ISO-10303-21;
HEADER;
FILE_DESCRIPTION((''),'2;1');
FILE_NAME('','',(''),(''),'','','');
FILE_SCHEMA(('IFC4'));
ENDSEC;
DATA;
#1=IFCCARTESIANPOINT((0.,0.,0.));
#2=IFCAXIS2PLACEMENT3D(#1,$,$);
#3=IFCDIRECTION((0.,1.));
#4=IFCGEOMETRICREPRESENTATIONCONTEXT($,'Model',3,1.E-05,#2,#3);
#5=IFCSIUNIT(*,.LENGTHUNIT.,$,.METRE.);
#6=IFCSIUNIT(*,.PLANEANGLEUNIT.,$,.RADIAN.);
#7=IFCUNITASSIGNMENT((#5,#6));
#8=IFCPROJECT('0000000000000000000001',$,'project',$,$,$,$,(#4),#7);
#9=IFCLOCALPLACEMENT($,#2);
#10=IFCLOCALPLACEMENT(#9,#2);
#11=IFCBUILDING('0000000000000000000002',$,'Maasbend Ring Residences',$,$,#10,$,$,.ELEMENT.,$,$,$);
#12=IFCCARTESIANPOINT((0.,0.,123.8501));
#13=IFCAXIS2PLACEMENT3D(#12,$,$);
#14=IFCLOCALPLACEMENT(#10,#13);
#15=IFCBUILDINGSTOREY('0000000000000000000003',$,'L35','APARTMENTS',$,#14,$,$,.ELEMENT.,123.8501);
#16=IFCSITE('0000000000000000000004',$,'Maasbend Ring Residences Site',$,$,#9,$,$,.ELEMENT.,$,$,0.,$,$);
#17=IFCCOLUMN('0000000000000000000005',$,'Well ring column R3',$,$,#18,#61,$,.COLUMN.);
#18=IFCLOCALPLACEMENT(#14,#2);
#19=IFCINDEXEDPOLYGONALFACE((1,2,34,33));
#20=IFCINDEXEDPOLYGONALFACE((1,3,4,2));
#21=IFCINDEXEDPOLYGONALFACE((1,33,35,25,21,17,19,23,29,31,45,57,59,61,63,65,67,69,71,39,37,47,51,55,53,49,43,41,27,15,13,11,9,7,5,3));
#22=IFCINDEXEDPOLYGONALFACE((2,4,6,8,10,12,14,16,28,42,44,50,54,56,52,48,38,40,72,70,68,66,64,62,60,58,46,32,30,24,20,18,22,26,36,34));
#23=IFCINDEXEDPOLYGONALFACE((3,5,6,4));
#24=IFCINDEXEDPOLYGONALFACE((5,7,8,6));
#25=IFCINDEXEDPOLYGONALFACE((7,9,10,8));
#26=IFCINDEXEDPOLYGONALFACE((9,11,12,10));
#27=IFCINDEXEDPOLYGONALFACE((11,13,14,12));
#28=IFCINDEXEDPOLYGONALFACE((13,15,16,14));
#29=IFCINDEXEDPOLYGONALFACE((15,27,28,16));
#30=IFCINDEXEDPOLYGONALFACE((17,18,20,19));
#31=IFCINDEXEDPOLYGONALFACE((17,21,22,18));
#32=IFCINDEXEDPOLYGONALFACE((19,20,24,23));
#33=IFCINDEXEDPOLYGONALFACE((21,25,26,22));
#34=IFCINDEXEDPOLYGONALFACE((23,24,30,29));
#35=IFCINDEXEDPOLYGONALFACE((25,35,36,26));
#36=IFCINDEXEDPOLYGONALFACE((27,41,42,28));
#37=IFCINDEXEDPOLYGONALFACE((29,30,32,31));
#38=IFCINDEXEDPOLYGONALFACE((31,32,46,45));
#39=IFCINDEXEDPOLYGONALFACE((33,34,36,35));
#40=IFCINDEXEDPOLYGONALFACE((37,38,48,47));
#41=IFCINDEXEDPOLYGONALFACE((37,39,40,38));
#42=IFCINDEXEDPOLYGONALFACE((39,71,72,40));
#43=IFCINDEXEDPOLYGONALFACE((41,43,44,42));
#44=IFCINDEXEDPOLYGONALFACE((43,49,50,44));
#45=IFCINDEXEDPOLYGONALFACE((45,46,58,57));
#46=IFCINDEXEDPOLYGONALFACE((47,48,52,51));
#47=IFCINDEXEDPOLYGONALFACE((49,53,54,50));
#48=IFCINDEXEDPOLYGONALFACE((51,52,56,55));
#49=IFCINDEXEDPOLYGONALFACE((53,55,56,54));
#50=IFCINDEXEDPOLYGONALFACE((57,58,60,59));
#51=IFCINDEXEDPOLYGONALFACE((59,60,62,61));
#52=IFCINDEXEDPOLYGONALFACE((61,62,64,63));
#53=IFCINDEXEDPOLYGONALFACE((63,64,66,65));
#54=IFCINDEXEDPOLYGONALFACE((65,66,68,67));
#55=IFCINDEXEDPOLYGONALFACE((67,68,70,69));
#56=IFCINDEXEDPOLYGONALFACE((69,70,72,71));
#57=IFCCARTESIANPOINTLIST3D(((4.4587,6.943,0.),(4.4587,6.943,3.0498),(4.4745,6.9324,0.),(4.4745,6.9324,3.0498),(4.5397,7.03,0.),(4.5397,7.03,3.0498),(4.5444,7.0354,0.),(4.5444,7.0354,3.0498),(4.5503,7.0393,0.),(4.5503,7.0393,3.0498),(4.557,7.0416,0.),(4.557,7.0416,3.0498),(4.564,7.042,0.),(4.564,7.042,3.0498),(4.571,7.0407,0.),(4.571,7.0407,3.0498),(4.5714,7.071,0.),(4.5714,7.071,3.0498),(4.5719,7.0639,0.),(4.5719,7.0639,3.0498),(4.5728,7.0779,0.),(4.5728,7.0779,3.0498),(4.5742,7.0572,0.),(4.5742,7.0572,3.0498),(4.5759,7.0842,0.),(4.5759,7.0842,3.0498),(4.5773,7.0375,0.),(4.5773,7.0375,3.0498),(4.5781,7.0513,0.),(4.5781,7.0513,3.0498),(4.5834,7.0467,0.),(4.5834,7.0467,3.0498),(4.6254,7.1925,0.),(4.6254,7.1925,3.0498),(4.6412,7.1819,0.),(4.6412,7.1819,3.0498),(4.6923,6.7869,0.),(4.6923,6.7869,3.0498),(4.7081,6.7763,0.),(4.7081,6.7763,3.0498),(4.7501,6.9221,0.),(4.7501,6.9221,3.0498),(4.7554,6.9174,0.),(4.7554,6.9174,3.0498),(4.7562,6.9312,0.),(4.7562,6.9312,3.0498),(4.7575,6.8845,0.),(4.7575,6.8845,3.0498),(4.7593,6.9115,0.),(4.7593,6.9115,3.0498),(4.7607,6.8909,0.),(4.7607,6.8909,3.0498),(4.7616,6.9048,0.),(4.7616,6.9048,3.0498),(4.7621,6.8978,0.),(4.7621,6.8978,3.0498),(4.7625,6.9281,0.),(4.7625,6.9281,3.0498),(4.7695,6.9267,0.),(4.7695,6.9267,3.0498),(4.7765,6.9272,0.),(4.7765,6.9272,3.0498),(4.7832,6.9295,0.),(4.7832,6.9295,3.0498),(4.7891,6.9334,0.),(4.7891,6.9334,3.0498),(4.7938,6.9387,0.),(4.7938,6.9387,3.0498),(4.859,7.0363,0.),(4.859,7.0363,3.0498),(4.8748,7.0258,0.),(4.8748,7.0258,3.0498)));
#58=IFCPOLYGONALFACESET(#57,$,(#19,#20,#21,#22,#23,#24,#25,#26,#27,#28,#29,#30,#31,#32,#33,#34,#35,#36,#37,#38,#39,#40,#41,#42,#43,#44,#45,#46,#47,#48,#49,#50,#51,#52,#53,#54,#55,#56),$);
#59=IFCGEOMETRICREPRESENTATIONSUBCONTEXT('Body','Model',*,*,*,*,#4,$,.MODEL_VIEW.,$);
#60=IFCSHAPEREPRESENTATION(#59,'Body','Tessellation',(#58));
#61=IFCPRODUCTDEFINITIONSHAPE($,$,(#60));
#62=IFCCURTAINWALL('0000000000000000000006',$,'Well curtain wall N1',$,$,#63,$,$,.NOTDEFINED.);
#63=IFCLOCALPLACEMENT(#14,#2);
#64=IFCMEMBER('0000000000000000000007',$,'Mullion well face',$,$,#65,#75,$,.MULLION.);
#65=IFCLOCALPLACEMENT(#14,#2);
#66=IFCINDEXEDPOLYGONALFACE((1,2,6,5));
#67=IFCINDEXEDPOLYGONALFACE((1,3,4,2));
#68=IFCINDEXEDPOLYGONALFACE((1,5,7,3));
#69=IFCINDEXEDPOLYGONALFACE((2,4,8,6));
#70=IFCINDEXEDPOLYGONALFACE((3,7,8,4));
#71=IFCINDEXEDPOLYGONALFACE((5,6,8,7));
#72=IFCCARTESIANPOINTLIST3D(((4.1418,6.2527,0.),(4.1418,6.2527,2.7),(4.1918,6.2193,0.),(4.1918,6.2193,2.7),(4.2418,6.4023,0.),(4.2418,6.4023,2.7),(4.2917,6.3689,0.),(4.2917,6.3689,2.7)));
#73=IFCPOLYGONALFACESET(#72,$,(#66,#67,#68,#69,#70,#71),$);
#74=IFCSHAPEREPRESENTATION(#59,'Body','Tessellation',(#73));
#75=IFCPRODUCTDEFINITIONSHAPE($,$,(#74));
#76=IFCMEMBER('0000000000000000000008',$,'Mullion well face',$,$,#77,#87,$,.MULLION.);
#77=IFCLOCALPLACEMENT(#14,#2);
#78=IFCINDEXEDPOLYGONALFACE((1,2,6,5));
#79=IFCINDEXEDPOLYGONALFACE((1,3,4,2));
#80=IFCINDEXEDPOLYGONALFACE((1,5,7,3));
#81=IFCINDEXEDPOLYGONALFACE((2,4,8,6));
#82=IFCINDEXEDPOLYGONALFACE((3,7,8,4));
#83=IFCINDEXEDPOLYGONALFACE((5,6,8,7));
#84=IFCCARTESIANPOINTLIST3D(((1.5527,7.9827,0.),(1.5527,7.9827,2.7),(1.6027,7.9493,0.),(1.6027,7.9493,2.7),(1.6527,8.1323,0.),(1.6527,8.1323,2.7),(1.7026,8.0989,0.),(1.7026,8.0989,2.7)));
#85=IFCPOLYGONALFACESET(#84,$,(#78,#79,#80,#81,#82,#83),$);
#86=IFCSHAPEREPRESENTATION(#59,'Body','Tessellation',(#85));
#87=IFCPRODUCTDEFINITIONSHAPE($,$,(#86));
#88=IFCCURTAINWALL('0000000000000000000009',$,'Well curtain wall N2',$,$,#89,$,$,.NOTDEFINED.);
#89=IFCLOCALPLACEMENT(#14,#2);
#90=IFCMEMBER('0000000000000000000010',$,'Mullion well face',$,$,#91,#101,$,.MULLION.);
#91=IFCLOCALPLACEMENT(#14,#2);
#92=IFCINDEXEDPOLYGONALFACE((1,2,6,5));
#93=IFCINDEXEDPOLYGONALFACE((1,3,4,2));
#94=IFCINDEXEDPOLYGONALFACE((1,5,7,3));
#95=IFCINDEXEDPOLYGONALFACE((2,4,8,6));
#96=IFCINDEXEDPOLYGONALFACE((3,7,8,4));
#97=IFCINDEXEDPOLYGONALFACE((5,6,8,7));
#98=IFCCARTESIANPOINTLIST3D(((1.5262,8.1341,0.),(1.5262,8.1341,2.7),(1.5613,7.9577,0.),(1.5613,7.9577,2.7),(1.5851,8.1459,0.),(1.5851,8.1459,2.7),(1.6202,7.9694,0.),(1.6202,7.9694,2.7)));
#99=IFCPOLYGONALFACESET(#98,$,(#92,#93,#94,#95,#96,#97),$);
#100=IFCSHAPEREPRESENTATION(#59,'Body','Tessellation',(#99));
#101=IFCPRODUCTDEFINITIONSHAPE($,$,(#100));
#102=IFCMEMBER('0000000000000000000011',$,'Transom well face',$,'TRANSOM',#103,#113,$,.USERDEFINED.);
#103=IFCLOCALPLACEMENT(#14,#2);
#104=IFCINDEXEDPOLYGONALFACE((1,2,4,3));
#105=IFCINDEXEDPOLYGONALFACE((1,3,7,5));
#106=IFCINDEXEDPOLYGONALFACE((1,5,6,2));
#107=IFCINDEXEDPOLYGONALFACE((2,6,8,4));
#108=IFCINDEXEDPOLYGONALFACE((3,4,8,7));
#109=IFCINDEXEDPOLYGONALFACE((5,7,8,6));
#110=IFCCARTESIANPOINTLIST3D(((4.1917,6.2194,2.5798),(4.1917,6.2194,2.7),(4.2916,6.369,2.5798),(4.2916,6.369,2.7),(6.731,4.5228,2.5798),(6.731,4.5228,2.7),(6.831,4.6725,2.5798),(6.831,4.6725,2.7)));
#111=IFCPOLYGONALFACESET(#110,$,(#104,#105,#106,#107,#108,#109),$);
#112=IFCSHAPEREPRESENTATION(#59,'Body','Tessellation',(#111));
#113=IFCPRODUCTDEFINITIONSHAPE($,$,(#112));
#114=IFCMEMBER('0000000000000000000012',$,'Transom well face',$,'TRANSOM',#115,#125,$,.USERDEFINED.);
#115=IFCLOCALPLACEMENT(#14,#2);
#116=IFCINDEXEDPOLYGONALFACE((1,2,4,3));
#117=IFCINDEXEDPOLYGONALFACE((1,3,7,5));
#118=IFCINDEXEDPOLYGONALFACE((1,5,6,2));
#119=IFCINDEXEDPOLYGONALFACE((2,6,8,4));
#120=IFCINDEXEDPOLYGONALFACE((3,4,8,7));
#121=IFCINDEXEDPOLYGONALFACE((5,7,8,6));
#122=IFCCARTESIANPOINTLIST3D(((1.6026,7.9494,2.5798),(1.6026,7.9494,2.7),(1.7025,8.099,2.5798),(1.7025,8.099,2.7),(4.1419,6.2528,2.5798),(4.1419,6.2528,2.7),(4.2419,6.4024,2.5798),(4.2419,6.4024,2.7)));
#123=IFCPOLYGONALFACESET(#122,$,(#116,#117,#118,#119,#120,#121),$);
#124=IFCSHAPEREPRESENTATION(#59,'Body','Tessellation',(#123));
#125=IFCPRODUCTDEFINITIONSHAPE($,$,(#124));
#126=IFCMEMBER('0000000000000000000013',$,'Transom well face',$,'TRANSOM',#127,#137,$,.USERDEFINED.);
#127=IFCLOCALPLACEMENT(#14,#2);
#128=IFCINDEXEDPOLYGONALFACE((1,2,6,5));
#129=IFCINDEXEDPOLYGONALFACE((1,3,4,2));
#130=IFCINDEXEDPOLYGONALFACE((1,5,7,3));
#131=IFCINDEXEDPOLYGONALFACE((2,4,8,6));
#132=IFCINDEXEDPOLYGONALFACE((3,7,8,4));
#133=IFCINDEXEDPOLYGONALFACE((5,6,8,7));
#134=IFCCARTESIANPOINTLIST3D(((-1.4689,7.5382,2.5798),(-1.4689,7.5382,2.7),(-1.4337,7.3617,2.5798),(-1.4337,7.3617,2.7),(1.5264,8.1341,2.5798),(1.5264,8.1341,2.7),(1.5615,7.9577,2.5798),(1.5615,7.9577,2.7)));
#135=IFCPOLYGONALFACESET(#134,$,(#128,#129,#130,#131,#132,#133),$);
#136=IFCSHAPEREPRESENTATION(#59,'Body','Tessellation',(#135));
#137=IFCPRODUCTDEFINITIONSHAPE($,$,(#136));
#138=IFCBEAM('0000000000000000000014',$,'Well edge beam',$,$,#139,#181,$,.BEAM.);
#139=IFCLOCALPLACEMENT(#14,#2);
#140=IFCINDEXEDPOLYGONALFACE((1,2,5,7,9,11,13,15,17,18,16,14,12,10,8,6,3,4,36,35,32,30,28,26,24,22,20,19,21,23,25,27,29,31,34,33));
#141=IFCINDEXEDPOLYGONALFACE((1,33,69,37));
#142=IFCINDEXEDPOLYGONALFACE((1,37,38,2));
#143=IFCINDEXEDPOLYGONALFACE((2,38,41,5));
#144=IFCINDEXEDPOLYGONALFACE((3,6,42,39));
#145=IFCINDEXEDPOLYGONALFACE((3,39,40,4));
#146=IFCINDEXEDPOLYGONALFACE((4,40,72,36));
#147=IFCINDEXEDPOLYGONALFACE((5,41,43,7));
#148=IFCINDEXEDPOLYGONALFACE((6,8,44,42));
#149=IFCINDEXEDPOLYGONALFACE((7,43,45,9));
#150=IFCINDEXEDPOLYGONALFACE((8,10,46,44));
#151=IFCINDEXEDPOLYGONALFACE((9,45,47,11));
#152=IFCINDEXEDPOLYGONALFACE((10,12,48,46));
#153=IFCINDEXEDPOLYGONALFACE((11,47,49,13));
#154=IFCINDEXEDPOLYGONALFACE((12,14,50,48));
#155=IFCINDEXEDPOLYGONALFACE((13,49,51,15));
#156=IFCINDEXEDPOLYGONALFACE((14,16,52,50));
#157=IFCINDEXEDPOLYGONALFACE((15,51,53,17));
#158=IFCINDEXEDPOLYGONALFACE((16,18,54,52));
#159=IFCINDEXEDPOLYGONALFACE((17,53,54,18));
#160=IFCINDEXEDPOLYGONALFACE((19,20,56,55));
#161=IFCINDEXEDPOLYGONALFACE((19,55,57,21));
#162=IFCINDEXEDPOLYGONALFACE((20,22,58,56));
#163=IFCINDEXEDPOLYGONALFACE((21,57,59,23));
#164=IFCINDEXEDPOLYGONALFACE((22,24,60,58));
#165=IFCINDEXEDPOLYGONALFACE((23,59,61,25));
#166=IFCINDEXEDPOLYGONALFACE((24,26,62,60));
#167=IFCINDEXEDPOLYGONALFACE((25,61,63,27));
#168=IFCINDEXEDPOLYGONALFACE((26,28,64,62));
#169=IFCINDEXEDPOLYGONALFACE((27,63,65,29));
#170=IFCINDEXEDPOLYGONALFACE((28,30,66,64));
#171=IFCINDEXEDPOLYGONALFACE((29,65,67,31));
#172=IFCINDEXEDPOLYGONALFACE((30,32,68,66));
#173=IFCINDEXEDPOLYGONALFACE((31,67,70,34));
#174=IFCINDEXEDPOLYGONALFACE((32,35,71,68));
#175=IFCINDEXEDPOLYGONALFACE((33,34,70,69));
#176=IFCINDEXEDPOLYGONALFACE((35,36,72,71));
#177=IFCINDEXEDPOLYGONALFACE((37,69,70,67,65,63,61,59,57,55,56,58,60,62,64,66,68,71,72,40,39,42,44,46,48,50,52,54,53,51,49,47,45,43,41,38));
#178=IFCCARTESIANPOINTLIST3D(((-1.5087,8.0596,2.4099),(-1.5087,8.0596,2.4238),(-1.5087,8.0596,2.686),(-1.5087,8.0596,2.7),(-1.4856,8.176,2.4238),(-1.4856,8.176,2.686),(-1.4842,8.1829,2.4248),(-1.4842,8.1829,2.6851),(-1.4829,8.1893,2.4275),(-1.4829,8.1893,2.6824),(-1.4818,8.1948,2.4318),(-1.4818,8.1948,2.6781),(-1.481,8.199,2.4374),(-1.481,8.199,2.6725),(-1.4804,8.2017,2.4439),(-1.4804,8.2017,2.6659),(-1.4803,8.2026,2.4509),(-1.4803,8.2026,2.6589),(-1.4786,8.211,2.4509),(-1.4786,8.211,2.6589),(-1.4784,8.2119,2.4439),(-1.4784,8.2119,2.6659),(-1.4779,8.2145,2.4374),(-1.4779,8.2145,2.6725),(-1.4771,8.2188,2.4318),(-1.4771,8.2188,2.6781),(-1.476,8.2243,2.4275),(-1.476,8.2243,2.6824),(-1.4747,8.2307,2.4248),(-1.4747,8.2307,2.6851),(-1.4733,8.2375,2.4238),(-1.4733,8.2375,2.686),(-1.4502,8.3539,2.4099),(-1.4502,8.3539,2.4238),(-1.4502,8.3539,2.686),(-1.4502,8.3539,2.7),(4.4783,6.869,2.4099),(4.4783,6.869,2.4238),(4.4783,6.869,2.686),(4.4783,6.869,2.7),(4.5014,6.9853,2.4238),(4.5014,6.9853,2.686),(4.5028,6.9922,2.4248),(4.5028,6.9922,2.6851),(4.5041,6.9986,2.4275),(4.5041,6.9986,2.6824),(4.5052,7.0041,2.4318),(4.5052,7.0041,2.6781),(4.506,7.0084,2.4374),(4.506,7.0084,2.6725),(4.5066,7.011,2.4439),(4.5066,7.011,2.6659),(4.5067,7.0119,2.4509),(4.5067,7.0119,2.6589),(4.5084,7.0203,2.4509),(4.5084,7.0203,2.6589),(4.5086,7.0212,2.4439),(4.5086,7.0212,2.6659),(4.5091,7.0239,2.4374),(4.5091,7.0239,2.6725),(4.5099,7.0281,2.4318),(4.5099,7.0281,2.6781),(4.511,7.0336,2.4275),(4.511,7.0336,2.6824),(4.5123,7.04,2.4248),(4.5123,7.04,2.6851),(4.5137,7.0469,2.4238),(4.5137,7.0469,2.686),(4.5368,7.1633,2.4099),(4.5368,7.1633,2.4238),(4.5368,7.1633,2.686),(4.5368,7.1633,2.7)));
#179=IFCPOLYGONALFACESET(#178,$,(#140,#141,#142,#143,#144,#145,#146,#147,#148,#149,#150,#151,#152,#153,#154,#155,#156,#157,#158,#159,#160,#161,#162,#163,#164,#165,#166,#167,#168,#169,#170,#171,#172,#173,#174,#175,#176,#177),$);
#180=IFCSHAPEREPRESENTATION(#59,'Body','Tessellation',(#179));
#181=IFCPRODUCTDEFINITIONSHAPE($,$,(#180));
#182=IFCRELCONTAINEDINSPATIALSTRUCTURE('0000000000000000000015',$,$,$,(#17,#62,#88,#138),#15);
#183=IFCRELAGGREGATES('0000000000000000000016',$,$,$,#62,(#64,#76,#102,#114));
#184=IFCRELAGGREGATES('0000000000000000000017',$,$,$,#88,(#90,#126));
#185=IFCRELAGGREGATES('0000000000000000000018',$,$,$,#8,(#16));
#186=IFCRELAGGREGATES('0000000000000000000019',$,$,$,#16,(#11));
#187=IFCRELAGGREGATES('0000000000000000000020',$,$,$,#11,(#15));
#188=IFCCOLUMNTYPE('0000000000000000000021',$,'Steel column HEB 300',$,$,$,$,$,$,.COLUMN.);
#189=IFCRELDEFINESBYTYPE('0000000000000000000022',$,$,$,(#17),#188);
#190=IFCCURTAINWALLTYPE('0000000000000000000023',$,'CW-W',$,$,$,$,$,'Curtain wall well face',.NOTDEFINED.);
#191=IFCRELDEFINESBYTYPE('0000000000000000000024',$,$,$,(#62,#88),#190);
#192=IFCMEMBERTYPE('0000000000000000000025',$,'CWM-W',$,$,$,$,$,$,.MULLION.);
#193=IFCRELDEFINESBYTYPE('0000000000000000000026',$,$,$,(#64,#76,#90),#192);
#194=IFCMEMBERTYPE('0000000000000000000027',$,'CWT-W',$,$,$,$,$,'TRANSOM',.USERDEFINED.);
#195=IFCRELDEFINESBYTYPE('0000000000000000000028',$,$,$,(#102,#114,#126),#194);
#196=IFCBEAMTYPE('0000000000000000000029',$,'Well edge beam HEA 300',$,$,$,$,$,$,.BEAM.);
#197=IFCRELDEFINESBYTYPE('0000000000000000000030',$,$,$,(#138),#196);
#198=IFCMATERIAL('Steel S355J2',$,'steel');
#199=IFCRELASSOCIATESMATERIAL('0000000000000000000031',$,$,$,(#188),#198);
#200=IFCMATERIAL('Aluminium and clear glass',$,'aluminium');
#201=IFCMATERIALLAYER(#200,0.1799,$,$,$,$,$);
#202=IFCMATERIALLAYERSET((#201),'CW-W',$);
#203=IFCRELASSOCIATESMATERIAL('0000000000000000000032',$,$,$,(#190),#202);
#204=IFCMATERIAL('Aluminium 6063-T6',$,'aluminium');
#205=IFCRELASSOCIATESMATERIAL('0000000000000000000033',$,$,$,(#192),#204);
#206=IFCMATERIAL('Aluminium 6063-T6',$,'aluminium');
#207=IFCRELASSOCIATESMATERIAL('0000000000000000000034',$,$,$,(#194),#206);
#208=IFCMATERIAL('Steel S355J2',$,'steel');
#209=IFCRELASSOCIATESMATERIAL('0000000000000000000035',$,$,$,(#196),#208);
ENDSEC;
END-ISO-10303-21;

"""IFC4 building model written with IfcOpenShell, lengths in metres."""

from ifc_helpers import new_model, si_unit, direction, frame, origin, origin_2d, place, context, subcontext, project, spatial, rectangle, i_section, extrude, material, layer, layer_set, material_profile, profile_set, type_object, element, aggregate, save


model = new_model("IFC4")

# Units and contexts
model_context = context("Model", 3, precision=1e-05, world=origin(), true_north=direction((0.0, 1.0)))
body_context = subcontext(model_context, "Body", "Model", "MODEL_VIEW")
ifc_project = project(units=[si_unit("LENGTHUNIT", "METRE"), si_unit("PLANEANGLEUNIT", "RADIAN")], contexts=[model_context])

# Site, building, storey
site_placement = place(None, origin())
site = spatial("IfcSite", under=ifc_project, at=site_placement, Name="Maasbend Ring Residences Site", CompositionType="ELEMENT", RefElevation=0.0)
building_placement = place(site_placement, origin())
building = spatial("IfcBuilding", under=site, at=building_placement, Name="Maasbend Ring Residences", CompositionType="ELEMENT")
storey_placement = place(building_placement, frame((0.0, 0.0, 123.8501)))
storey = spatial("IfcBuildingStorey", under=building, at=storey_placement, Name="L35", Description="APARTMENTS", CompositionType="ELEMENT", Elevation=123.8501)

# Column
ifc_material_1 = material(Name="Steel S355J2", Category="steel")
ifc_material_profile_1 = material_profile(ifc_material_1, i_section(OverallWidth=0.3, OverallDepth=0.3, WebThickness=0.011, FlangeThickness=0.019, FilletRadius=0.0271, at=origin_2d()), Name="HEB 300")
ifc_profile_set_1 = profile_set([ifc_material_profile_1], Name="Steel S355J2")
column_type = type_object("IfcColumnType", Name="Steel column HEB 300", PredefinedType="COLUMN", material=ifc_profile_set_1)
column_placement = place(storey_placement, frame((4.6667, 6.9844, 0.0), z_axis=(0.0, 0.0, 1.0), x_axis=(0.55557, 0.83147, 0.0)))
element("IfcColumn", 1, at=column_placement, inside=storey, type_object=column_type, Name="Well ring column R3", PredefinedType="COLUMN", context=body_context, shape_type="SweptSolid", body=[
    extrude(i_section(OverallWidth=0.3, OverallDepth=0.3, WebThickness=0.011, FlangeThickness=0.019, FilletRadius=0.0271, at=origin_2d()), origin(), (0.0, 0.0, 1.0), 3.0498),
])

# Curtain wall, members
ifc_material_2 = material(Name="Aluminium and clear glass", Category="aluminium")
ifc_layer_1 = layer(ifc_material_2, 0.1799)
ifc_layer_set_1 = layer_set([ifc_layer_1], Name="CW-W")
curtain_wall_type = type_object("IfcCurtainWallType", Name="CW-W", ElementType="Curtain wall well face", PredefinedType="NOTDEFINED", material=ifc_layer_set_1)
curtain_wall_1_placement = place(storey_placement, origin())
curtain_wall_1 = element("IfcCurtainWall", 2, at=curtain_wall_1_placement, inside=storey, type_object=curtain_wall_type, Name="Well curtain wall N1", PredefinedType="NOTDEFINED")
ifc_material_3 = material(Name="Aluminium 6063-T6", Category="aluminium")
ifc_material_profile_2 = material_profile(ifc_material_3, rectangle(XDim=0.1799, YDim=0.0601, at=origin_2d()), Name="AL 180x60")
ifc_profile_set_2 = profile_set([ifc_material_profile_2], Name="Aluminium 6063-T6")
member_type_1 = type_object("IfcMemberType", Name="CWM-W", PredefinedType="MULLION", material=ifc_profile_set_2)
member_1_placement = place(storey_placement, frame((4.2168, 6.3108, 0.0), z_axis=(0.0, 0.0, 1.0), x_axis=(-0.55557, -0.83147, 0.0)))
member_1 = element("IfcMember", 3, at=member_1_placement, type_object=member_type_1, Name="Mullion well face", PredefinedType="MULLION", context=body_context, shape_type="SweptSolid", body=[
    extrude(rectangle(XDim=0.1799, YDim=0.0601, at=origin_2d()), origin(), (0.0, 0.0, 1.0), 2.7),
])
member_2_placement = place(storey_placement, frame((1.6277, 8.0408, 0.0), z_axis=(0.0, 0.0, 1.0), x_axis=(-0.55557, -0.83147, 0.0)))
member_2 = element("IfcMember", 4, at=member_2_placement, type_object=member_type_1, Name="Mullion well face", PredefinedType="MULLION", context=body_context, shape_type="SweptSolid", body=[
    extrude(rectangle(XDim=0.1799, YDim=0.0601, at=origin_2d()), origin(), (0.0, 0.0, 1.0), 2.7),
])

# Curtain wall, member
curtain_wall_2_placement = place(storey_placement, origin())
curtain_wall_2 = element("IfcCurtainWall", 5, at=curtain_wall_2_placement, inside=storey, type_object=curtain_wall_type, Name="Well curtain wall N2", PredefinedType="NOTDEFINED")
member_3_placement = place(storey_placement, frame((1.5732, 8.0518, 0.0), z_axis=(0.0, 0.0, 1.0), x_axis=(0.19509, -0.980785, 0.0)))
member_3 = element("IfcMember", 6, at=member_3_placement, type_object=member_type_1, Name="Mullion well face", PredefinedType="MULLION", context=body_context, shape_type="SweptSolid", body=[
    extrude(rectangle(XDim=0.1799, YDim=0.0601, at=origin_2d()), origin(), (0.0, 0.0, 1.0), 2.7),
])

# Members
ifc_material_4 = material(Name="Aluminium 6063-T6", Category="aluminium")
ifc_material_profile_3 = material_profile(ifc_material_4, rectangle(XDim=0.1799, YDim=0.1201, at=origin_2d()), Name="AL 180x120")
ifc_profile_set_3 = profile_set([ifc_material_profile_3], Name="Aluminium 6063-T6")
member_type_2 = type_object("IfcMemberType", Name="CWT-W", ElementType="TRANSOM", PredefinedType="USERDEFINED", material=ifc_profile_set_3)
member_4_placement = place(storey_placement, frame((6.781, 4.5977, 2.6399), z_axis=(-0.831496, 0.55553, 0.0), x_axis=(-0.55553, -0.831496, 0.0)))
member_4 = element("IfcMember", 7, at=member_4_placement, type_object=member_type_2, Name="Transom well face", ObjectType="TRANSOM", PredefinedType="USERDEFINED", context=body_context, shape_type="SweptSolid", body=[
    extrude(rectangle(XDim=0.1799, YDim=0.1201, at=origin_2d()), origin(), (0.0, 0.0, 1.0), 3.054),
])
member_5_placement = place(storey_placement, frame((4.1919, 6.3276, 2.6399), z_axis=(-0.831496, 0.55553, 0.0), x_axis=(-0.55553, -0.831496, 0.0)))
member_5 = element("IfcMember", 8, at=member_5_placement, type_object=member_type_2, Name="Transom well face", ObjectType="TRANSOM", PredefinedType="USERDEFINED", context=body_context, shape_type="SweptSolid", body=[
    extrude(rectangle(XDim=0.1799, YDim=0.1201, at=origin_2d()), origin(), (0.0, 0.0, 1.0), 3.054),
])
member_6_placement = place(storey_placement, frame((1.5439, 8.0459, 2.6399), z_axis=(-0.980777, -0.195132, 0.0), x_axis=(0.195132, -0.980777, 0.0)))
member_6 = element("IfcMember", 9, at=member_6_placement, type_object=member_type_2, Name="Transom well face", ObjectType="TRANSOM", PredefinedType="USERDEFINED", context=body_context, shape_type="SweptSolid", body=[
    extrude(rectangle(XDim=0.1799, YDim=0.1201, at=origin_2d()), origin(), (0.0, 0.0, 1.0), 3.054),
])

# Beam
ifc_material_5 = material(Name="Steel S355J2", Category="steel")
ifc_material_profile_4 = material_profile(ifc_material_5, i_section(OverallWidth=0.3, OverallDepth=0.29, WebThickness=0.0085, FlangeThickness=0.0139, FilletRadius=0.0271, at=origin_2d()), Name="HEA 300")
ifc_profile_set_4 = profile_set([ifc_material_profile_4], Name="Steel S355J2")
beam_type = type_object("IfcBeamType", Name="Well edge beam HEA 300", PredefinedType="BEAM", material=ifc_profile_set_4)
beam_placement = place(storey_placement, frame((4.5076, 7.0161, 2.5549), z_axis=(-0.980792, 0.195055, 0.0), x_axis=(-0.195055, -0.980792, 0.0)))
element("IfcBeam", 10, at=beam_placement, inside=storey, type_object=beam_type, Name="Well edge beam", PredefinedType="BEAM", context=body_context, shape_type="SweptSolid", body=[
    extrude(i_section(OverallWidth=0.3, OverallDepth=0.29, WebThickness=0.0085, FlangeThickness=0.0139, FilletRadius=0.0271, at=origin_2d()), origin(), (0.0, 0.0, 1.0), 6.1042),
])

aggregate(curtain_wall_1, [member_1, member_2, member_4, member_5])
aggregate(curtain_wall_2, [member_3, member_6])

save(model, "model.ifc")
